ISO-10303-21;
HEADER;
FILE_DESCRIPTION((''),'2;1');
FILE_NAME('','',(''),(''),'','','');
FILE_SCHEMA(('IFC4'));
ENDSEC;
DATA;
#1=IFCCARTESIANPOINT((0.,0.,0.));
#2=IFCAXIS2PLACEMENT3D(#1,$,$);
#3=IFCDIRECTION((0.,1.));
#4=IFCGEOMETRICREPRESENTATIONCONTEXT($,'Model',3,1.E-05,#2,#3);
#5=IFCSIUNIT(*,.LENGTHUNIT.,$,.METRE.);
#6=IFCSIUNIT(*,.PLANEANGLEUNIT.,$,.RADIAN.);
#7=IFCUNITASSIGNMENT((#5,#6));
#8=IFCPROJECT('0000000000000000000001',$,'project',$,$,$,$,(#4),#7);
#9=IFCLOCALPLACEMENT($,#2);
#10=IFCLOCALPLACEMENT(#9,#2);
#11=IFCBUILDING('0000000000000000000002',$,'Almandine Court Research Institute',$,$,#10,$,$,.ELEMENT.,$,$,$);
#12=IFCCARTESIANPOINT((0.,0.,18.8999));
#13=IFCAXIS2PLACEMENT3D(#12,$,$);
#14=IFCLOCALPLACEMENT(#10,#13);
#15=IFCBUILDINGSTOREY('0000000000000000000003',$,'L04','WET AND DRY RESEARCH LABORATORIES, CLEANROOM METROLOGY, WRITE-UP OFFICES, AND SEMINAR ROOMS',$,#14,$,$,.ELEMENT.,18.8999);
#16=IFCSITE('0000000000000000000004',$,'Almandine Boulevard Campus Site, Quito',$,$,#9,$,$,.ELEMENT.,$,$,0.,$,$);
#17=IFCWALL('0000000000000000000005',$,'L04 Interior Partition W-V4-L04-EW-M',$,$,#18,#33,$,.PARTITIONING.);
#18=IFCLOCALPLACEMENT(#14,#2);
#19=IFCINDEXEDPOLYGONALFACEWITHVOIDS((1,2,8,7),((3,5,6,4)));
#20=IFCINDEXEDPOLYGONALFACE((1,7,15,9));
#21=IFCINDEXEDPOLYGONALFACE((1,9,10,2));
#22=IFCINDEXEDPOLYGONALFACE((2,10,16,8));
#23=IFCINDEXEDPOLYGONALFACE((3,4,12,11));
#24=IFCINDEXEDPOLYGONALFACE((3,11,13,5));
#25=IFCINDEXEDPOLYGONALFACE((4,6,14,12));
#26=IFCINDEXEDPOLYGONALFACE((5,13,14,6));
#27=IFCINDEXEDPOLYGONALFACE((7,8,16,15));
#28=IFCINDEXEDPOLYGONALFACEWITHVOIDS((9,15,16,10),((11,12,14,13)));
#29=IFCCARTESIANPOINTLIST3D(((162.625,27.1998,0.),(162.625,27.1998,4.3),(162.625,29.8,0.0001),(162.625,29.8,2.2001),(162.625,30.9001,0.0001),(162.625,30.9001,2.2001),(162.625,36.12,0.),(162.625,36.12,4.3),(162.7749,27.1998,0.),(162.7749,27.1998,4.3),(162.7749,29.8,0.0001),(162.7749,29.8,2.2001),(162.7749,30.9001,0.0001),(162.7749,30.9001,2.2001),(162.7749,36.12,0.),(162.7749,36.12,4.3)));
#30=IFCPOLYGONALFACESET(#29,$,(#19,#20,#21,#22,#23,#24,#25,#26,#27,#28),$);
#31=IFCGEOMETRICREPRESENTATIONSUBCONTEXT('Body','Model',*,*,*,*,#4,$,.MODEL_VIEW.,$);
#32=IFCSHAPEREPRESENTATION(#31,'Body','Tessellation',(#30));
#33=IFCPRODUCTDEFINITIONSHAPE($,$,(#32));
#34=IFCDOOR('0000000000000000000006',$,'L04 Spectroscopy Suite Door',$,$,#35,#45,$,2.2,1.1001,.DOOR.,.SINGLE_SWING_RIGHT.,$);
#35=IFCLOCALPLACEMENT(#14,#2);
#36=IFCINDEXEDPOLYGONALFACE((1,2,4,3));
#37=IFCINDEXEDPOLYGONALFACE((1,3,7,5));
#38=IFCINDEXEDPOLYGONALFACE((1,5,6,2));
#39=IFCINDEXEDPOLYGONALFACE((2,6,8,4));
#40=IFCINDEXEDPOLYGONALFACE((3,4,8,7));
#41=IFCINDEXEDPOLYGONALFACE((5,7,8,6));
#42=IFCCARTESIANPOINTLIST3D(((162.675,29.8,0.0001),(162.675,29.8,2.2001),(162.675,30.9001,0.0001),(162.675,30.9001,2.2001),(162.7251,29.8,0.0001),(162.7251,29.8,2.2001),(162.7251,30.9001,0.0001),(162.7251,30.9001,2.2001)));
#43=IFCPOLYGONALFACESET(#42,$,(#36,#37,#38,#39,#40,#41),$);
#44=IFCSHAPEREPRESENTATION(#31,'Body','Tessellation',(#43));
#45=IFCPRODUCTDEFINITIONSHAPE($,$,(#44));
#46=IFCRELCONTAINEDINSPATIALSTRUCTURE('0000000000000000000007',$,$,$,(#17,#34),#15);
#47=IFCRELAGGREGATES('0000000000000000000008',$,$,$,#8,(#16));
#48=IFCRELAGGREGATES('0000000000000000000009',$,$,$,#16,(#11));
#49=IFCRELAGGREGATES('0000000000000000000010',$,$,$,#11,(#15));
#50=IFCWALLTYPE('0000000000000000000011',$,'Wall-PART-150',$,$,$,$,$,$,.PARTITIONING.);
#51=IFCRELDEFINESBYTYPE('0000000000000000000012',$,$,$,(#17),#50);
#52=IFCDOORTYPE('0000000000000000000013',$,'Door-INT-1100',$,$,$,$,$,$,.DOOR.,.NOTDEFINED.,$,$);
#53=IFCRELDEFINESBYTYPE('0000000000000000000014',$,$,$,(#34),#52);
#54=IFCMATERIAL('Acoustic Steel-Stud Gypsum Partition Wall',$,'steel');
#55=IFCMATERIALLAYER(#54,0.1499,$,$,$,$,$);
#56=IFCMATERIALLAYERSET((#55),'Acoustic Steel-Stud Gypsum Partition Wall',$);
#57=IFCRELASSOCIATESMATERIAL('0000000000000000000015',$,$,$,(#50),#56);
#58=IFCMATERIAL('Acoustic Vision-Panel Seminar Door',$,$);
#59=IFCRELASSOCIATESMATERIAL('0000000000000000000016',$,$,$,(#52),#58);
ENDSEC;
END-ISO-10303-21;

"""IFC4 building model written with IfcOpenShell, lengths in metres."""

from ifc_helpers import new_model, si_unit, direction, frame, frame_2d, origin, place, context, subcontext, project, spatial, rectangle, extrude, material, layer, layer_set, type_object, element, fill, save


model = new_model("IFC4")

# Units and contexts
model_context = context("Model", 3, precision=1e-05, world=origin(), true_north=direction((0.0, 1.0)))
body_context = subcontext(model_context, "Body", "Model", "MODEL_VIEW")
ifc_project = project(units=[si_unit("LENGTHUNIT", "METRE"), si_unit("PLANEANGLEUNIT", "RADIAN")], contexts=[model_context])

# Site, building, storey
site_placement = place(None, origin())
site = spatial("IfcSite", under=ifc_project, at=site_placement, Name="Almandine Boulevard Campus Site, Quito", CompositionType="ELEMENT", RefElevation=0.0)
building_placement = place(site_placement, origin())
building = spatial("IfcBuilding", under=site, at=building_placement, Name="Almandine Court Research Institute", CompositionType="ELEMENT")
storey_placement = place(building_placement, frame((0.0, 0.0, 18.8999)))
storey = spatial("IfcBuildingStorey", under=building, at=storey_placement, Name="L04", Description="WET AND DRY RESEARCH LABORATORIES, CLEANROOM METROLOGY, WRITE-UP OFFICES, AND SEMINAR ROOMS", CompositionType="ELEMENT", Elevation=18.8999)

# Shared definitions
ifc_material_1 = material(Name="Acoustic Steel-Stud Gypsum Partition Wall", Category="steel")
ifc_layer_1 = layer(ifc_material_1, 0.1499)
ifc_layer_set_1 = layer_set([ifc_layer_1], Name="Acoustic Steel-Stud Gypsum Partition Wall")
wall_type_1 = type_object("IfcWallType", Name="Wall-PART-150", PredefinedType="PARTITIONING", material=ifc_layer_set_1)

# Wall, opening, door
wall_1_placement = place(storey_placement, frame((162.7, 27.2, 0.0), z_axis=(0.0, 0.0, 1.0), x_axis=(0.0, 1.0, 0.0)))
wall_1 = element("IfcWall", 1, at=wall_1_placement, inside=storey, type_object=wall_type_1, Name="L04 Interior Partition W-V4-L04-EW-M", PredefinedType="PARTITIONING", context=body_context, shape_type="SweptSolid", body=[
    extrude(rectangle(XDim=8.9202, YDim=0.1499, at=frame_2d((4.46, 0.0))), origin(), (0.0, 0.0, 1.0), 4.3),
])
opening_1_placement = place(wall_1_placement, frame((2.6001, 0.0, 0.0)))
opening_1 = element("IfcOpeningElement", 2, at=opening_1_placement, cuts=wall_1, PredefinedType="OPENING", context=body_context, shape_type="SweptSolid", body=[
    extrude(rectangle(XDim=1.1001, YDim=2.2, at=frame_2d((0.55, 1.1001))), frame((0.0, 0.085, 0.0), z_axis=(0.0, -1.0, 0.0), x_axis=(1.0, 0.0, 0.0)), (0.0, 0.0, 1.0), 0.1699),
])
ifc_material_2 = material(Name="Acoustic Vision-Panel Seminar Door")
door_type_1 = type_object("IfcDoorType", Name="Door-INT-1100", OperationType="NOTDEFINED", PredefinedType="DOOR", material=ifc_material_2)
door_1_placement = place(opening_1_placement, origin())
door_1 = element("IfcDoor", 3, at=door_1_placement, inside=storey, type_object=door_type_1, Name="L04 Spectroscopy Suite Door", OperationType="SINGLE_SWING_RIGHT", OverallHeight=2.2, OverallWidth=1.1001, PredefinedType="DOOR", context=body_context, shape_type="SweptSolid", body=[
    extrude(rectangle(XDim=1.1001, YDim=2.2, at=frame_2d((0.55, 1.1001))), frame((0.0, 0.0249, 0.0), z_axis=(0.0, -1.0, 0.0), x_axis=(1.0, 0.0, 0.0)), (0.0, 0.0, 1.0), 0.05),
])
fill(opening_1, door_1)

save(model, "model.ifc")
